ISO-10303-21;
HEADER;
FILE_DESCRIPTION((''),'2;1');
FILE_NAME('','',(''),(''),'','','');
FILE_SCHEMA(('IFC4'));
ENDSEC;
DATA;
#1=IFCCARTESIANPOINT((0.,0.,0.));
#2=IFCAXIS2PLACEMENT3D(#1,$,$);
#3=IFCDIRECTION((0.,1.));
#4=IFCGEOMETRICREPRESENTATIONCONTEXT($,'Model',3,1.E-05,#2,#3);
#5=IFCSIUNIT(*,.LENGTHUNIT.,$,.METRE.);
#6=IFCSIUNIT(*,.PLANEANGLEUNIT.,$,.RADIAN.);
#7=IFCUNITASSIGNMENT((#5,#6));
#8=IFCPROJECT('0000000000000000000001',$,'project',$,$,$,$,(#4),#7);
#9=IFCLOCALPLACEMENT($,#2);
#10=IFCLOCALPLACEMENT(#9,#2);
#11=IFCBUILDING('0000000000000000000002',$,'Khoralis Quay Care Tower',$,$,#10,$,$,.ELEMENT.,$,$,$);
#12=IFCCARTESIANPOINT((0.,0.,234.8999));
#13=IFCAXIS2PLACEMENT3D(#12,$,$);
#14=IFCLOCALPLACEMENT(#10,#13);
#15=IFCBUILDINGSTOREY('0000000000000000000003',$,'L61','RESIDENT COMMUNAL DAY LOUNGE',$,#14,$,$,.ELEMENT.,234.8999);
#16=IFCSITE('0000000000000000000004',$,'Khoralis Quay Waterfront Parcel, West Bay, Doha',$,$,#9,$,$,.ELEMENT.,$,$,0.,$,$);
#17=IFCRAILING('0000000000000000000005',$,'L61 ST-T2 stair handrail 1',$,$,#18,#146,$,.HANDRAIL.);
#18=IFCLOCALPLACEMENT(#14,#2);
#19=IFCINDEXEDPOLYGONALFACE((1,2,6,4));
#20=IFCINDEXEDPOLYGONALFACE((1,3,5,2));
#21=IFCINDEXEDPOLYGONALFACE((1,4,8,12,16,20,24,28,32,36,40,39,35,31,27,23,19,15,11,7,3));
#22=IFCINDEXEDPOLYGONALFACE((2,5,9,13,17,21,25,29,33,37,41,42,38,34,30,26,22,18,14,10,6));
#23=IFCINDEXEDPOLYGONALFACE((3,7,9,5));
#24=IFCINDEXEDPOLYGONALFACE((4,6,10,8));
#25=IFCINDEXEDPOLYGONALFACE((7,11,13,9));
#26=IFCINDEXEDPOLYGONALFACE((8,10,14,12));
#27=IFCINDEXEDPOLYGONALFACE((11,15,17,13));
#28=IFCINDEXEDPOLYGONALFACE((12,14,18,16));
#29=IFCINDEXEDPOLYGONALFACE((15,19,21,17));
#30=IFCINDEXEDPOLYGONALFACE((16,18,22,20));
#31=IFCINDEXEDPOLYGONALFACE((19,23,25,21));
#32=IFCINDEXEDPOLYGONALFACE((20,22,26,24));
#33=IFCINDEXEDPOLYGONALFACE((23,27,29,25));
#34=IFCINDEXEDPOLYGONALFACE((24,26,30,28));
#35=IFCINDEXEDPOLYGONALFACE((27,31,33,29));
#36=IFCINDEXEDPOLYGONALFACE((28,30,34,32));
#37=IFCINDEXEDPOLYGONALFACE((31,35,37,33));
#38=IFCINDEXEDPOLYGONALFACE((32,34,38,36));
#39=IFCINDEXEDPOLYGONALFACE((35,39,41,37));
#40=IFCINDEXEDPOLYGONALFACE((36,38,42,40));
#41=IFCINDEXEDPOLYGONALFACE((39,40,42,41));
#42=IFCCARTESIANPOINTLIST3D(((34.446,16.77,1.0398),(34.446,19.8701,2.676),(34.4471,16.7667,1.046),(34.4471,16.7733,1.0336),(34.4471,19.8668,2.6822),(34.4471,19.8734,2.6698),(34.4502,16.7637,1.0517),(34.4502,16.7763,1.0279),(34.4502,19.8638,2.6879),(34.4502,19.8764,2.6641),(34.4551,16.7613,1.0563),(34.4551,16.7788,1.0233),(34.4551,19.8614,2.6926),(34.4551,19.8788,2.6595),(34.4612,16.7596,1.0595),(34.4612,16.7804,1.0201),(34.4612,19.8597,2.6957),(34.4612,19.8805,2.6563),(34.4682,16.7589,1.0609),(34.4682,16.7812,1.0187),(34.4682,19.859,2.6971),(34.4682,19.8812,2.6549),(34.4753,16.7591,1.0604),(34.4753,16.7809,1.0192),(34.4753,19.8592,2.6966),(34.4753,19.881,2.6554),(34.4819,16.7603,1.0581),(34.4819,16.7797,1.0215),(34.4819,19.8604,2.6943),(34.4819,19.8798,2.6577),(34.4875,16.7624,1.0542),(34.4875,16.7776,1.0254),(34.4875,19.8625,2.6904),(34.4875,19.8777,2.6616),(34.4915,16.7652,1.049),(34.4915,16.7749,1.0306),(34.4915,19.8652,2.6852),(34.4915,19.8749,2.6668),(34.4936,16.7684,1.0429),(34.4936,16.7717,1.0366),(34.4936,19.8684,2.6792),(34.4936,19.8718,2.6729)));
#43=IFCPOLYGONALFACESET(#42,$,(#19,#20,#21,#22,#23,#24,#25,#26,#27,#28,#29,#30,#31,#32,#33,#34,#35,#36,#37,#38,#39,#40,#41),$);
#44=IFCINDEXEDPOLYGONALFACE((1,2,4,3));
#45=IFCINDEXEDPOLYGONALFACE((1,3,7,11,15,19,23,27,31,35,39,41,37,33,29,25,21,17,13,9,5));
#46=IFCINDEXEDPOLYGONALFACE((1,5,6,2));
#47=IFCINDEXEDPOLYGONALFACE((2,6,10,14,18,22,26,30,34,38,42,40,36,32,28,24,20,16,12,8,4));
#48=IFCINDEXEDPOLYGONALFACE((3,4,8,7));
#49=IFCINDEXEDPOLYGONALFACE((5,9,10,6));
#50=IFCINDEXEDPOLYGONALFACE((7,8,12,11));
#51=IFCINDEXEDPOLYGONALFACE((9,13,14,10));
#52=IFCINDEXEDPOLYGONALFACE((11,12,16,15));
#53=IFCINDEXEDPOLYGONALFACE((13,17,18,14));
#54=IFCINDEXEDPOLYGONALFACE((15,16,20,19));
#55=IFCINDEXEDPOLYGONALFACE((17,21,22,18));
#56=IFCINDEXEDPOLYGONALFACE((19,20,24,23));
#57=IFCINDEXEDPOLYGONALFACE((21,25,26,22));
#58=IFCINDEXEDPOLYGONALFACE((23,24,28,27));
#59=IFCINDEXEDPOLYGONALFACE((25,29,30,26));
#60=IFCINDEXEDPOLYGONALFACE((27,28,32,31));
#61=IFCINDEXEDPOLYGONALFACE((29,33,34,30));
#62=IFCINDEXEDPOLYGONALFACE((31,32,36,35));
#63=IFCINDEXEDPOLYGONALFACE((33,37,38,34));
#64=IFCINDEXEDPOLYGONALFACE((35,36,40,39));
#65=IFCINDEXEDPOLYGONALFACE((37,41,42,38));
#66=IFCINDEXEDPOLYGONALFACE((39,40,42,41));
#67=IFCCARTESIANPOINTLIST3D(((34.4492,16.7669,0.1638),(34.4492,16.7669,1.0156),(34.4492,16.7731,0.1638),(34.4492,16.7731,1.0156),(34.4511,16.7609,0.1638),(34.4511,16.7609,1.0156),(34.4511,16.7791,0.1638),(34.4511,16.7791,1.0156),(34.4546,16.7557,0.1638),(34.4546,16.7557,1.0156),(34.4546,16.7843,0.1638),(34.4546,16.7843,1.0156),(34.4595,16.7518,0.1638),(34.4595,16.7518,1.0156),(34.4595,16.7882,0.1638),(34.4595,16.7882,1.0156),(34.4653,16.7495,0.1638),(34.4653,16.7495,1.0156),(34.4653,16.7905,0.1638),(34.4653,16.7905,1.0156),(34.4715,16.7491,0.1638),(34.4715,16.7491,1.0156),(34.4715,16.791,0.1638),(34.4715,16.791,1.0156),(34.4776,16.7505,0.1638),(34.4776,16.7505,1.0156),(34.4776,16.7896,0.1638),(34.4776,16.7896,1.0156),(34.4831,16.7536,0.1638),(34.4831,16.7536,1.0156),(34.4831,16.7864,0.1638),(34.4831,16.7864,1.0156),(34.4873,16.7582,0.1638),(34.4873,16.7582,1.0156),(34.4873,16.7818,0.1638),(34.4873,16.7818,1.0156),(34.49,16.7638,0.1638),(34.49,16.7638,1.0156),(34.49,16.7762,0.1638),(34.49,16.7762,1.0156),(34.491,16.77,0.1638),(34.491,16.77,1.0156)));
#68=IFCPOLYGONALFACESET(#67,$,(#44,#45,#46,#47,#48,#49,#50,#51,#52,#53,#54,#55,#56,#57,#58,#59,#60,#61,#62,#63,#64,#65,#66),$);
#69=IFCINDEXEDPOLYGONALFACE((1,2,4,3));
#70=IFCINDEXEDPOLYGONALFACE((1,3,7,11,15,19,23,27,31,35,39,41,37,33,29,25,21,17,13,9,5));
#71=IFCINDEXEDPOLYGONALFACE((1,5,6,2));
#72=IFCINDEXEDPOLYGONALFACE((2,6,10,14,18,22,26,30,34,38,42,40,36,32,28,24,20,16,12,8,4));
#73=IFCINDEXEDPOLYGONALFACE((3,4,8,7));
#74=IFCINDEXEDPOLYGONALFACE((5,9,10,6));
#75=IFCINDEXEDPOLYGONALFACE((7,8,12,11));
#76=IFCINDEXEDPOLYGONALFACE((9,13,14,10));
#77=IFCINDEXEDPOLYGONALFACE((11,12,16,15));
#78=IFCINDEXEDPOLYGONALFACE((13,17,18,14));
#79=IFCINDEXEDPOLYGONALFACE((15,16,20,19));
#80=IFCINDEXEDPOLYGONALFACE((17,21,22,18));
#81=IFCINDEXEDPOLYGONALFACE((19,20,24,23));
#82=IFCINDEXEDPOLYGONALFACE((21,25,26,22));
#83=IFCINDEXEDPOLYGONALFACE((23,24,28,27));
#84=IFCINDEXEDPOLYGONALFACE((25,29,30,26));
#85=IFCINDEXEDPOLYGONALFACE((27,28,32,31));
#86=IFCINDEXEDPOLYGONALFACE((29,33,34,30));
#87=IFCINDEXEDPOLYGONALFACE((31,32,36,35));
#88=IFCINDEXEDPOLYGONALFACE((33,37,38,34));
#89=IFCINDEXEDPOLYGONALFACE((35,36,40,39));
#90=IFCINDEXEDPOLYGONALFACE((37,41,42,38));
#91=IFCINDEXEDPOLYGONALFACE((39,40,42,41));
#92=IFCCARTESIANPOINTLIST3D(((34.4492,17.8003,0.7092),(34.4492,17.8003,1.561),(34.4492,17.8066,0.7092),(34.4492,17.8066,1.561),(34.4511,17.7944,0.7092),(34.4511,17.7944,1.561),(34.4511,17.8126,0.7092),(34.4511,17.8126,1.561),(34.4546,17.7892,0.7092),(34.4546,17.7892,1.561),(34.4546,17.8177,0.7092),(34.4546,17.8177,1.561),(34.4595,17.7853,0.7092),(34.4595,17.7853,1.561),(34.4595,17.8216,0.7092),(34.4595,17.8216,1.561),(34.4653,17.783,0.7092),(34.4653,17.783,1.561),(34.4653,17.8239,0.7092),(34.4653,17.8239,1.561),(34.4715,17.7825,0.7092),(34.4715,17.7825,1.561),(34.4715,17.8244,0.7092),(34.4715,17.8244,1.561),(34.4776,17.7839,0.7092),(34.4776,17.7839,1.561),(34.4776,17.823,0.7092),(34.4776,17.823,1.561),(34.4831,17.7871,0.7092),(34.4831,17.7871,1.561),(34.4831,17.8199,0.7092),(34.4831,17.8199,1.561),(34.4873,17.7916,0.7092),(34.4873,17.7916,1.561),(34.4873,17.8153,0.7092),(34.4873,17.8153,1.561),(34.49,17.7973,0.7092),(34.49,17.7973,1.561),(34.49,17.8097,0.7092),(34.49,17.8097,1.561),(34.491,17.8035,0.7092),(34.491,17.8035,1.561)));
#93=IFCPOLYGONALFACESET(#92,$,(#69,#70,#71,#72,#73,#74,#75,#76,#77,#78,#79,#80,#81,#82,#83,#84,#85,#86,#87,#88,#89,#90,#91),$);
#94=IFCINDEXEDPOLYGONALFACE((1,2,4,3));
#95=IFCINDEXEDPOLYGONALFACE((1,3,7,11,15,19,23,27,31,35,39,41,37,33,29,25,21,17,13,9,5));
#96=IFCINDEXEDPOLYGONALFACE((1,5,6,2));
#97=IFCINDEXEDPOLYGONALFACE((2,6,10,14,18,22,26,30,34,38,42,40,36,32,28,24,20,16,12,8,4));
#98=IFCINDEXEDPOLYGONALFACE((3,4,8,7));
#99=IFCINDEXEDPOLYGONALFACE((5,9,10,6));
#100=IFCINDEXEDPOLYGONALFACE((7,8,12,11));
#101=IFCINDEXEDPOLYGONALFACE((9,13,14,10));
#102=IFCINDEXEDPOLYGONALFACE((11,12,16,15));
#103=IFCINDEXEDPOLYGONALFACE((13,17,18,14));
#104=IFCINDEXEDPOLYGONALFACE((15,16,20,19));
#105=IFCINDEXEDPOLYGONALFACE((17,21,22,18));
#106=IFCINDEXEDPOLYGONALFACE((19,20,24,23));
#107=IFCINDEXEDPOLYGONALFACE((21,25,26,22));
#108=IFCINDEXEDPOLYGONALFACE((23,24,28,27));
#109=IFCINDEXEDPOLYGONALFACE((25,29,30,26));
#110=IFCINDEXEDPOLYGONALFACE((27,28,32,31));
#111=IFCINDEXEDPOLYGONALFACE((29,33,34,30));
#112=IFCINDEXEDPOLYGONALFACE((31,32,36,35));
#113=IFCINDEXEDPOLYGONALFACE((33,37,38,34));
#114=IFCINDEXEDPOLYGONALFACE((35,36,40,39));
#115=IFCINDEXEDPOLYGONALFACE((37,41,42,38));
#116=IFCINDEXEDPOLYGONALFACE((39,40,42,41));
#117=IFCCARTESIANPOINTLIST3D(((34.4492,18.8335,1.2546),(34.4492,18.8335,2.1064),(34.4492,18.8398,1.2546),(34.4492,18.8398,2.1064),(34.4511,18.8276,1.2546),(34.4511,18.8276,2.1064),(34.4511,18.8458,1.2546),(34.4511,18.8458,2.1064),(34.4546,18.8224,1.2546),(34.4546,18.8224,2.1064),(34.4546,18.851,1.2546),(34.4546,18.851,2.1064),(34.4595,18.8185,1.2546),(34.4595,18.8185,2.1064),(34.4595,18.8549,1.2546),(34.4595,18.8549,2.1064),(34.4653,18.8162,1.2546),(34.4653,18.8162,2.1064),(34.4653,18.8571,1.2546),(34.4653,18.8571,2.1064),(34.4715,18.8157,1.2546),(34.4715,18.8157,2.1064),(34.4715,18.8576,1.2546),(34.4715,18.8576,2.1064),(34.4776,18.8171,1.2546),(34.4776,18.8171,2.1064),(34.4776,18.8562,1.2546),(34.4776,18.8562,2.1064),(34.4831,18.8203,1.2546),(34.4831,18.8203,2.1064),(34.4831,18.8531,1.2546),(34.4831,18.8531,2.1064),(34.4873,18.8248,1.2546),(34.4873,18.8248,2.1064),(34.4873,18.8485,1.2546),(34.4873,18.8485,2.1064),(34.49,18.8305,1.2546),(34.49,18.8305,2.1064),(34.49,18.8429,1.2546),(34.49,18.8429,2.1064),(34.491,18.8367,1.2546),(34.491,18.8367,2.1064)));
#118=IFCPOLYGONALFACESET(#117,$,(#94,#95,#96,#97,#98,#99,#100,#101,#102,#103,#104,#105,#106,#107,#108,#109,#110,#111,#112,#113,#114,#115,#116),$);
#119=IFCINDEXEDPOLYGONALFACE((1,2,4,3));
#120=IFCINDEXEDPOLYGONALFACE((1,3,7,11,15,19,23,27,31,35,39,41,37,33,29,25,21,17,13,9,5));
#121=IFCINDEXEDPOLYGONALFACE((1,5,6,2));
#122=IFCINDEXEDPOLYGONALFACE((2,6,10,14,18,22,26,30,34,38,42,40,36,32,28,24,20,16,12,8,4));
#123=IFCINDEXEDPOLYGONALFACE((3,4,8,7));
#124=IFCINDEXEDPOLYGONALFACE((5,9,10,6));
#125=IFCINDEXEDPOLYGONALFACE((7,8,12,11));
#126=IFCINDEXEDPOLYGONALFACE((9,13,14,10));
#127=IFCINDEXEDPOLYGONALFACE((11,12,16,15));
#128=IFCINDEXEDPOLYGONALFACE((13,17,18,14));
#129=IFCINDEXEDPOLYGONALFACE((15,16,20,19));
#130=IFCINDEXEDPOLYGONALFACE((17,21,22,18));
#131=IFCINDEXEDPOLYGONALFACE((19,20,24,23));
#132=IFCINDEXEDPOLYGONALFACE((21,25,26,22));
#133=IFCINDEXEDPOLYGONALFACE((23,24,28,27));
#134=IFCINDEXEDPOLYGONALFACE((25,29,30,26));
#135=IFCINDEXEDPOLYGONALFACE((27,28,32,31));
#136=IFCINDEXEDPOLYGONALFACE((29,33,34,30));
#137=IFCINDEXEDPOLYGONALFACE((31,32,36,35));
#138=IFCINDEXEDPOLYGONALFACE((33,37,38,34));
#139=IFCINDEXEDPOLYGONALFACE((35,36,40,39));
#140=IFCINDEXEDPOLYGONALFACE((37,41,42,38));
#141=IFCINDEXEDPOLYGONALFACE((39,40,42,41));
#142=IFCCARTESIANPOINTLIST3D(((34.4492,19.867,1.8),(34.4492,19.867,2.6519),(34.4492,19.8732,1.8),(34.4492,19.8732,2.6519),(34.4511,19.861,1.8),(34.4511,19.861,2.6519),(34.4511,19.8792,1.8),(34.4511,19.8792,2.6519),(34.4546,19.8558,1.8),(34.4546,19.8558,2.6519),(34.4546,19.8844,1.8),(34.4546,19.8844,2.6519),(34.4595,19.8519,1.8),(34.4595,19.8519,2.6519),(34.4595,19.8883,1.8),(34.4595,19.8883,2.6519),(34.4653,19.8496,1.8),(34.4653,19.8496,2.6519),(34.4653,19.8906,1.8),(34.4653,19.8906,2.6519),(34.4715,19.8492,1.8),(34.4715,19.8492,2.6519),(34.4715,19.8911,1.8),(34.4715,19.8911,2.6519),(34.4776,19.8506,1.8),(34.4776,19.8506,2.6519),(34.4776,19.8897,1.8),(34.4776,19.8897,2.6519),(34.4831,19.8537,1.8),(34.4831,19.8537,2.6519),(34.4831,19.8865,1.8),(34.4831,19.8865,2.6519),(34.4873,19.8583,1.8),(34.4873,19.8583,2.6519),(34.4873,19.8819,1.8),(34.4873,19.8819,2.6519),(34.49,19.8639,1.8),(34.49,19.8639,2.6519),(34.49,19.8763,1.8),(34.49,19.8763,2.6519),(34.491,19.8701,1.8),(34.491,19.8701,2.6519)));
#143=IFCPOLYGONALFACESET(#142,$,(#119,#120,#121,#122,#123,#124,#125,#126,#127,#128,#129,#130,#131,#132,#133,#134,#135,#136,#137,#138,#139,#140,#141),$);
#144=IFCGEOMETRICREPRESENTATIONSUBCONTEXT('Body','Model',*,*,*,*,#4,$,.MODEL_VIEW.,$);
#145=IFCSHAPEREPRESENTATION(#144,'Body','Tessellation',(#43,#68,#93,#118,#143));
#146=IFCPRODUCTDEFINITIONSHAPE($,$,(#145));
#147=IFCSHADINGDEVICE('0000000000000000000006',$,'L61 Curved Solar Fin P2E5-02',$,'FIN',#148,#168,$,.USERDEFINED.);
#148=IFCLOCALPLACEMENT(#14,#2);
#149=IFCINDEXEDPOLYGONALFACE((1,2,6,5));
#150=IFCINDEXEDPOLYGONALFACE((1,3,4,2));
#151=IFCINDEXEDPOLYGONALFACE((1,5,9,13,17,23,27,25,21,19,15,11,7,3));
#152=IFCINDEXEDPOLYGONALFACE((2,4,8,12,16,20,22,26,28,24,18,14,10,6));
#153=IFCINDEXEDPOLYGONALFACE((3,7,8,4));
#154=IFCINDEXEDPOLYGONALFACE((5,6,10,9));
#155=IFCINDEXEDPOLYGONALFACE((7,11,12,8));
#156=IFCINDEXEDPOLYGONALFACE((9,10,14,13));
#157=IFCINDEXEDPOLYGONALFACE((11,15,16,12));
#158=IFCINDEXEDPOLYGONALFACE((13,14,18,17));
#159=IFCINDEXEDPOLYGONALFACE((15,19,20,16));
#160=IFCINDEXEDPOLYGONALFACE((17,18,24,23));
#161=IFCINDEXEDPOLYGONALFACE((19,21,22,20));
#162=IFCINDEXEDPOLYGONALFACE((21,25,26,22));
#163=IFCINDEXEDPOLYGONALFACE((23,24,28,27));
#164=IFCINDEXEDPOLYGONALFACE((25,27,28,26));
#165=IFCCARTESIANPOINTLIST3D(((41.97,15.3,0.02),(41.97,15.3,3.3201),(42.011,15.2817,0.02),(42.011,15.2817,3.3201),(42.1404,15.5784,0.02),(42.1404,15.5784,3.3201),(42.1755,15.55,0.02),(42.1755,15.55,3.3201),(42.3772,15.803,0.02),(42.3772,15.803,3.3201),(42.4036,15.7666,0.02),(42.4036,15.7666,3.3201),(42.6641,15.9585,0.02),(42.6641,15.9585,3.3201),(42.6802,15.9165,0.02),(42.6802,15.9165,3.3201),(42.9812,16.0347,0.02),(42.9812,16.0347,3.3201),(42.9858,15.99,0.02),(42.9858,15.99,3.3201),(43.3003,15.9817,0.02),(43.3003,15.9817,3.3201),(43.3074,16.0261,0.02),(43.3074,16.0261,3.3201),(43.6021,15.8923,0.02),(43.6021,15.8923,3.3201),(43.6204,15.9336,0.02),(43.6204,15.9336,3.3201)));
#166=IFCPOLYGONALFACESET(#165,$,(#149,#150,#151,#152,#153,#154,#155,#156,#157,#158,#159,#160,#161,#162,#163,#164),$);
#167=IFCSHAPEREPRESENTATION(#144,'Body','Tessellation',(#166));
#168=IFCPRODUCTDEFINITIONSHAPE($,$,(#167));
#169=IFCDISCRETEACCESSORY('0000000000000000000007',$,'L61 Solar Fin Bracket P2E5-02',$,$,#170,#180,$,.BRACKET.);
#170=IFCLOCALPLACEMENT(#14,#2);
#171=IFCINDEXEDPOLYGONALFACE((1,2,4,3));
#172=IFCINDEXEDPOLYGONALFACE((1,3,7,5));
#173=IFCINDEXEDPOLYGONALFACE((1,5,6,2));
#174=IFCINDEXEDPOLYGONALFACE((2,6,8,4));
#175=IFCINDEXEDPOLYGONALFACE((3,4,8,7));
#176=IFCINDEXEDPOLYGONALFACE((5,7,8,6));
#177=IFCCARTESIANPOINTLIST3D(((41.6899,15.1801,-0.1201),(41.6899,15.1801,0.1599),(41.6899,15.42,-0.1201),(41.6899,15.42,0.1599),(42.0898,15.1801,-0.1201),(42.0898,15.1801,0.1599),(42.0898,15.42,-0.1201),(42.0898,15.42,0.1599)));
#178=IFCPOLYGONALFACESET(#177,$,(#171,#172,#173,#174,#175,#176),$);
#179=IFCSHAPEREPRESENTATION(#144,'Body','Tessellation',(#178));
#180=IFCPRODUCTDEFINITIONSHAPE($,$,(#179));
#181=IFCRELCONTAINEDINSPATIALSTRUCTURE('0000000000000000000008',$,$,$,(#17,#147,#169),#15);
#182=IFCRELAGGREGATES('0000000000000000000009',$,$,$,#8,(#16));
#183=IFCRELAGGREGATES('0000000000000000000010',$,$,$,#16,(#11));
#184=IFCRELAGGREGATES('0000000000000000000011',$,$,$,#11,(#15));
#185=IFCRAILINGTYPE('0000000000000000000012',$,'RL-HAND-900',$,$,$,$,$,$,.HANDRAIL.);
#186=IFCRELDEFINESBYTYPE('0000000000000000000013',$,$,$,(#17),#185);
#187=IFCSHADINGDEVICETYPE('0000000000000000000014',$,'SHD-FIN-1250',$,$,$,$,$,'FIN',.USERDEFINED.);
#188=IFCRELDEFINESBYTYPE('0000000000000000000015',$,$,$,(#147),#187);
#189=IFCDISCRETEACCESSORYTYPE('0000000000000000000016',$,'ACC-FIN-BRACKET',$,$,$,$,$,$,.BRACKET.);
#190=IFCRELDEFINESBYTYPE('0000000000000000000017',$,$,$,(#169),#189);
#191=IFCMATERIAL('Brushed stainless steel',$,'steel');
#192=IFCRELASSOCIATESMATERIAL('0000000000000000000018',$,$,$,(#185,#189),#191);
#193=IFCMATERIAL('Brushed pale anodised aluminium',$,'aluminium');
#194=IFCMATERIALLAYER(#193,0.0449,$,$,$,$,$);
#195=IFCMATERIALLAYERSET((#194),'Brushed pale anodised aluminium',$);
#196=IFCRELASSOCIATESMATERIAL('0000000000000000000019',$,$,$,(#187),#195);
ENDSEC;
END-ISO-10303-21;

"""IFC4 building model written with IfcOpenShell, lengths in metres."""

from ifc_helpers import new_model, si_unit, direction, frame, origin, origin_2d, place, context, subcontext, project, spatial, polyline, rectangle, circle, outline, extrude, source, transform, mapped, material, layer, layer_set, type_object, element, save


model = new_model("IFC4")

# Units and contexts
model_context = context("Model", 3, precision=1e-05, world=origin(), true_north=direction((0.0, 1.0)))
body_context = subcontext(model_context, "Body", "Model", "MODEL_VIEW")
ifc_project = project(units=[si_unit("LENGTHUNIT", "METRE"), si_unit("PLANEANGLEUNIT", "RADIAN")], contexts=[model_context])

# Site, building, storey
site_placement = place(None, origin())
site = spatial("IfcSite", under=ifc_project, at=site_placement, Name="Khoralis Quay Waterfront Parcel, West Bay, Doha", CompositionType="ELEMENT", RefElevation=0.0)
building_placement = place(site_placement, origin())
building = spatial("IfcBuilding", under=site, at=building_placement, Name="Khoralis Quay Care Tower", CompositionType="ELEMENT")
storey_placement = place(building_placement, frame((0.0, 0.0, 234.8999)))
storey = spatial("IfcBuildingStorey", under=building, at=storey_placement, Name="L61", Description="RESIDENT COMMUNAL DAY LOUNGE", CompositionType="ELEMENT", Elevation=234.8999)

# Shared definitions
ifc_material_1 = material(Name="Brushed stainless steel", Category="steel")

# Railing
railing_type_1 = type_object("IfcRailingType", Name="RL-HAND-900", PredefinedType="HANDRAIL", material=ifc_material_1)
railing_1_placement = place(storey_placement, frame((34.47, 16.77, 0.1638)))
element("IfcRailing", 1, at=railing_1_placement, inside=storey, type_object=railing_type_1, Name="L61 ST-T2 stair handrail 1", PredefinedType="HANDRAIL", context=body_context, shape_type="SweptSolid", body=[
    extrude(circle(Radius=0.0239, at=origin_2d()), frame((0.0, 0.0, 0.876), z_axis=(0.0, 0.884377, 0.466774), x_axis=(-1.0, 0.0, 0.0)), (0.0, 0.0, 1.0), 3.5054),
    extrude(circle(Radius=0.021, at=origin_2d()), origin(), (0.0, 0.0, 1.0), 0.8518),
    extrude(circle(Radius=0.021, at=origin_2d()), frame((0.0, 1.0334, 0.5454)), (0.0, 0.0, 1.0), 0.8518),
    extrude(circle(Radius=0.021, at=origin_2d()), frame((0.0, 2.0667, 1.0908)), (0.0, 0.0, 1.0), 0.8518),
    extrude(circle(Radius=0.021, at=origin_2d()), frame((0.0, 3.1001, 1.6362)), (0.0, 0.0, 1.0), 0.8518),
])

# Shading device
ifc_material_2 = material(Name="Brushed pale anodised aluminium", Category="aluminium")
ifc_layer_1 = layer(ifc_material_2, 0.0449)
ifc_layer_set_1 = layer_set([ifc_layer_1], Name="Brushed pale anodised aluminium")
shading_device_type = type_object("IfcShadingDeviceType", Name="SHD-FIN-1250", ElementType="FIN", PredefinedType="USERDEFINED", material=ifc_layer_set_1)
shared_shape_1 = source(origin(), body_context, "Body", "SweptSolid", [
    extrude(outline(polyline([(0.0, 0.0), (0.1704, 0.2783), (0.4072, 0.5029), (0.6941, 0.6584), (1.0112, 0.7346), (1.3374, 0.7261), (1.6504, 0.6335), (1.6321, 0.5923), (1.3303, 0.6816), (1.0159, 0.6899), (0.7102, 0.6165), (0.4336, 0.4666), (0.2056, 0.25), (0.041, -0.0183), (0.0, 0.0)])), origin(), (0.0, 0.0, 1.0), 3.3),
])
shading_device_placement = place(storey_placement, frame((41.97, 15.3, 0.02), z_axis=(0.0, 0.0, 1.0), x_axis=(1.0, 0.0, 0.0)))
element("IfcShadingDevice", 2, at=shading_device_placement, inside=storey, type_object=shading_device_type, Name="L61 Curved Solar Fin P2E5-02", ObjectType="FIN", PredefinedType="USERDEFINED", context=body_context, shape_type="MappedRepresentation", body=[
    mapped(shared_shape_1, transform((0.0, 0.0, 0.0), scale=1.0)),
])

# Discrete accessory
discrete_accessory_type = type_object("IfcDiscreteAccessoryType", Name="ACC-FIN-BRACKET", PredefinedType="BRACKET", material=ifc_material_1)
shared_shape_2 = source(origin(), body_context, "Body", "SweptSolid", [
    extrude(rectangle(XDim=0.3999, YDim=0.24, at=origin_2d()), origin(), (0.0, 0.0, 1.0), 0.28),
])
discrete_accessory_placement = place(storey_placement, frame((41.8899, 15.3, -0.1201), z_axis=(0.0, 0.0, 1.0), x_axis=(1.0, 0.0, 0.0)))
element("IfcDiscreteAccessory", 3, at=discrete_accessory_placement, inside=storey, type_object=discrete_accessory_type, Name="L61 Solar Fin Bracket P2E5-02", PredefinedType="BRACKET", context=body_context, shape_type="MappedRepresentation", body=[
    mapped(shared_shape_2, transform((0.0, 0.0, 0.0), scale=1.0)),
])

save(model, "model.ifc")
